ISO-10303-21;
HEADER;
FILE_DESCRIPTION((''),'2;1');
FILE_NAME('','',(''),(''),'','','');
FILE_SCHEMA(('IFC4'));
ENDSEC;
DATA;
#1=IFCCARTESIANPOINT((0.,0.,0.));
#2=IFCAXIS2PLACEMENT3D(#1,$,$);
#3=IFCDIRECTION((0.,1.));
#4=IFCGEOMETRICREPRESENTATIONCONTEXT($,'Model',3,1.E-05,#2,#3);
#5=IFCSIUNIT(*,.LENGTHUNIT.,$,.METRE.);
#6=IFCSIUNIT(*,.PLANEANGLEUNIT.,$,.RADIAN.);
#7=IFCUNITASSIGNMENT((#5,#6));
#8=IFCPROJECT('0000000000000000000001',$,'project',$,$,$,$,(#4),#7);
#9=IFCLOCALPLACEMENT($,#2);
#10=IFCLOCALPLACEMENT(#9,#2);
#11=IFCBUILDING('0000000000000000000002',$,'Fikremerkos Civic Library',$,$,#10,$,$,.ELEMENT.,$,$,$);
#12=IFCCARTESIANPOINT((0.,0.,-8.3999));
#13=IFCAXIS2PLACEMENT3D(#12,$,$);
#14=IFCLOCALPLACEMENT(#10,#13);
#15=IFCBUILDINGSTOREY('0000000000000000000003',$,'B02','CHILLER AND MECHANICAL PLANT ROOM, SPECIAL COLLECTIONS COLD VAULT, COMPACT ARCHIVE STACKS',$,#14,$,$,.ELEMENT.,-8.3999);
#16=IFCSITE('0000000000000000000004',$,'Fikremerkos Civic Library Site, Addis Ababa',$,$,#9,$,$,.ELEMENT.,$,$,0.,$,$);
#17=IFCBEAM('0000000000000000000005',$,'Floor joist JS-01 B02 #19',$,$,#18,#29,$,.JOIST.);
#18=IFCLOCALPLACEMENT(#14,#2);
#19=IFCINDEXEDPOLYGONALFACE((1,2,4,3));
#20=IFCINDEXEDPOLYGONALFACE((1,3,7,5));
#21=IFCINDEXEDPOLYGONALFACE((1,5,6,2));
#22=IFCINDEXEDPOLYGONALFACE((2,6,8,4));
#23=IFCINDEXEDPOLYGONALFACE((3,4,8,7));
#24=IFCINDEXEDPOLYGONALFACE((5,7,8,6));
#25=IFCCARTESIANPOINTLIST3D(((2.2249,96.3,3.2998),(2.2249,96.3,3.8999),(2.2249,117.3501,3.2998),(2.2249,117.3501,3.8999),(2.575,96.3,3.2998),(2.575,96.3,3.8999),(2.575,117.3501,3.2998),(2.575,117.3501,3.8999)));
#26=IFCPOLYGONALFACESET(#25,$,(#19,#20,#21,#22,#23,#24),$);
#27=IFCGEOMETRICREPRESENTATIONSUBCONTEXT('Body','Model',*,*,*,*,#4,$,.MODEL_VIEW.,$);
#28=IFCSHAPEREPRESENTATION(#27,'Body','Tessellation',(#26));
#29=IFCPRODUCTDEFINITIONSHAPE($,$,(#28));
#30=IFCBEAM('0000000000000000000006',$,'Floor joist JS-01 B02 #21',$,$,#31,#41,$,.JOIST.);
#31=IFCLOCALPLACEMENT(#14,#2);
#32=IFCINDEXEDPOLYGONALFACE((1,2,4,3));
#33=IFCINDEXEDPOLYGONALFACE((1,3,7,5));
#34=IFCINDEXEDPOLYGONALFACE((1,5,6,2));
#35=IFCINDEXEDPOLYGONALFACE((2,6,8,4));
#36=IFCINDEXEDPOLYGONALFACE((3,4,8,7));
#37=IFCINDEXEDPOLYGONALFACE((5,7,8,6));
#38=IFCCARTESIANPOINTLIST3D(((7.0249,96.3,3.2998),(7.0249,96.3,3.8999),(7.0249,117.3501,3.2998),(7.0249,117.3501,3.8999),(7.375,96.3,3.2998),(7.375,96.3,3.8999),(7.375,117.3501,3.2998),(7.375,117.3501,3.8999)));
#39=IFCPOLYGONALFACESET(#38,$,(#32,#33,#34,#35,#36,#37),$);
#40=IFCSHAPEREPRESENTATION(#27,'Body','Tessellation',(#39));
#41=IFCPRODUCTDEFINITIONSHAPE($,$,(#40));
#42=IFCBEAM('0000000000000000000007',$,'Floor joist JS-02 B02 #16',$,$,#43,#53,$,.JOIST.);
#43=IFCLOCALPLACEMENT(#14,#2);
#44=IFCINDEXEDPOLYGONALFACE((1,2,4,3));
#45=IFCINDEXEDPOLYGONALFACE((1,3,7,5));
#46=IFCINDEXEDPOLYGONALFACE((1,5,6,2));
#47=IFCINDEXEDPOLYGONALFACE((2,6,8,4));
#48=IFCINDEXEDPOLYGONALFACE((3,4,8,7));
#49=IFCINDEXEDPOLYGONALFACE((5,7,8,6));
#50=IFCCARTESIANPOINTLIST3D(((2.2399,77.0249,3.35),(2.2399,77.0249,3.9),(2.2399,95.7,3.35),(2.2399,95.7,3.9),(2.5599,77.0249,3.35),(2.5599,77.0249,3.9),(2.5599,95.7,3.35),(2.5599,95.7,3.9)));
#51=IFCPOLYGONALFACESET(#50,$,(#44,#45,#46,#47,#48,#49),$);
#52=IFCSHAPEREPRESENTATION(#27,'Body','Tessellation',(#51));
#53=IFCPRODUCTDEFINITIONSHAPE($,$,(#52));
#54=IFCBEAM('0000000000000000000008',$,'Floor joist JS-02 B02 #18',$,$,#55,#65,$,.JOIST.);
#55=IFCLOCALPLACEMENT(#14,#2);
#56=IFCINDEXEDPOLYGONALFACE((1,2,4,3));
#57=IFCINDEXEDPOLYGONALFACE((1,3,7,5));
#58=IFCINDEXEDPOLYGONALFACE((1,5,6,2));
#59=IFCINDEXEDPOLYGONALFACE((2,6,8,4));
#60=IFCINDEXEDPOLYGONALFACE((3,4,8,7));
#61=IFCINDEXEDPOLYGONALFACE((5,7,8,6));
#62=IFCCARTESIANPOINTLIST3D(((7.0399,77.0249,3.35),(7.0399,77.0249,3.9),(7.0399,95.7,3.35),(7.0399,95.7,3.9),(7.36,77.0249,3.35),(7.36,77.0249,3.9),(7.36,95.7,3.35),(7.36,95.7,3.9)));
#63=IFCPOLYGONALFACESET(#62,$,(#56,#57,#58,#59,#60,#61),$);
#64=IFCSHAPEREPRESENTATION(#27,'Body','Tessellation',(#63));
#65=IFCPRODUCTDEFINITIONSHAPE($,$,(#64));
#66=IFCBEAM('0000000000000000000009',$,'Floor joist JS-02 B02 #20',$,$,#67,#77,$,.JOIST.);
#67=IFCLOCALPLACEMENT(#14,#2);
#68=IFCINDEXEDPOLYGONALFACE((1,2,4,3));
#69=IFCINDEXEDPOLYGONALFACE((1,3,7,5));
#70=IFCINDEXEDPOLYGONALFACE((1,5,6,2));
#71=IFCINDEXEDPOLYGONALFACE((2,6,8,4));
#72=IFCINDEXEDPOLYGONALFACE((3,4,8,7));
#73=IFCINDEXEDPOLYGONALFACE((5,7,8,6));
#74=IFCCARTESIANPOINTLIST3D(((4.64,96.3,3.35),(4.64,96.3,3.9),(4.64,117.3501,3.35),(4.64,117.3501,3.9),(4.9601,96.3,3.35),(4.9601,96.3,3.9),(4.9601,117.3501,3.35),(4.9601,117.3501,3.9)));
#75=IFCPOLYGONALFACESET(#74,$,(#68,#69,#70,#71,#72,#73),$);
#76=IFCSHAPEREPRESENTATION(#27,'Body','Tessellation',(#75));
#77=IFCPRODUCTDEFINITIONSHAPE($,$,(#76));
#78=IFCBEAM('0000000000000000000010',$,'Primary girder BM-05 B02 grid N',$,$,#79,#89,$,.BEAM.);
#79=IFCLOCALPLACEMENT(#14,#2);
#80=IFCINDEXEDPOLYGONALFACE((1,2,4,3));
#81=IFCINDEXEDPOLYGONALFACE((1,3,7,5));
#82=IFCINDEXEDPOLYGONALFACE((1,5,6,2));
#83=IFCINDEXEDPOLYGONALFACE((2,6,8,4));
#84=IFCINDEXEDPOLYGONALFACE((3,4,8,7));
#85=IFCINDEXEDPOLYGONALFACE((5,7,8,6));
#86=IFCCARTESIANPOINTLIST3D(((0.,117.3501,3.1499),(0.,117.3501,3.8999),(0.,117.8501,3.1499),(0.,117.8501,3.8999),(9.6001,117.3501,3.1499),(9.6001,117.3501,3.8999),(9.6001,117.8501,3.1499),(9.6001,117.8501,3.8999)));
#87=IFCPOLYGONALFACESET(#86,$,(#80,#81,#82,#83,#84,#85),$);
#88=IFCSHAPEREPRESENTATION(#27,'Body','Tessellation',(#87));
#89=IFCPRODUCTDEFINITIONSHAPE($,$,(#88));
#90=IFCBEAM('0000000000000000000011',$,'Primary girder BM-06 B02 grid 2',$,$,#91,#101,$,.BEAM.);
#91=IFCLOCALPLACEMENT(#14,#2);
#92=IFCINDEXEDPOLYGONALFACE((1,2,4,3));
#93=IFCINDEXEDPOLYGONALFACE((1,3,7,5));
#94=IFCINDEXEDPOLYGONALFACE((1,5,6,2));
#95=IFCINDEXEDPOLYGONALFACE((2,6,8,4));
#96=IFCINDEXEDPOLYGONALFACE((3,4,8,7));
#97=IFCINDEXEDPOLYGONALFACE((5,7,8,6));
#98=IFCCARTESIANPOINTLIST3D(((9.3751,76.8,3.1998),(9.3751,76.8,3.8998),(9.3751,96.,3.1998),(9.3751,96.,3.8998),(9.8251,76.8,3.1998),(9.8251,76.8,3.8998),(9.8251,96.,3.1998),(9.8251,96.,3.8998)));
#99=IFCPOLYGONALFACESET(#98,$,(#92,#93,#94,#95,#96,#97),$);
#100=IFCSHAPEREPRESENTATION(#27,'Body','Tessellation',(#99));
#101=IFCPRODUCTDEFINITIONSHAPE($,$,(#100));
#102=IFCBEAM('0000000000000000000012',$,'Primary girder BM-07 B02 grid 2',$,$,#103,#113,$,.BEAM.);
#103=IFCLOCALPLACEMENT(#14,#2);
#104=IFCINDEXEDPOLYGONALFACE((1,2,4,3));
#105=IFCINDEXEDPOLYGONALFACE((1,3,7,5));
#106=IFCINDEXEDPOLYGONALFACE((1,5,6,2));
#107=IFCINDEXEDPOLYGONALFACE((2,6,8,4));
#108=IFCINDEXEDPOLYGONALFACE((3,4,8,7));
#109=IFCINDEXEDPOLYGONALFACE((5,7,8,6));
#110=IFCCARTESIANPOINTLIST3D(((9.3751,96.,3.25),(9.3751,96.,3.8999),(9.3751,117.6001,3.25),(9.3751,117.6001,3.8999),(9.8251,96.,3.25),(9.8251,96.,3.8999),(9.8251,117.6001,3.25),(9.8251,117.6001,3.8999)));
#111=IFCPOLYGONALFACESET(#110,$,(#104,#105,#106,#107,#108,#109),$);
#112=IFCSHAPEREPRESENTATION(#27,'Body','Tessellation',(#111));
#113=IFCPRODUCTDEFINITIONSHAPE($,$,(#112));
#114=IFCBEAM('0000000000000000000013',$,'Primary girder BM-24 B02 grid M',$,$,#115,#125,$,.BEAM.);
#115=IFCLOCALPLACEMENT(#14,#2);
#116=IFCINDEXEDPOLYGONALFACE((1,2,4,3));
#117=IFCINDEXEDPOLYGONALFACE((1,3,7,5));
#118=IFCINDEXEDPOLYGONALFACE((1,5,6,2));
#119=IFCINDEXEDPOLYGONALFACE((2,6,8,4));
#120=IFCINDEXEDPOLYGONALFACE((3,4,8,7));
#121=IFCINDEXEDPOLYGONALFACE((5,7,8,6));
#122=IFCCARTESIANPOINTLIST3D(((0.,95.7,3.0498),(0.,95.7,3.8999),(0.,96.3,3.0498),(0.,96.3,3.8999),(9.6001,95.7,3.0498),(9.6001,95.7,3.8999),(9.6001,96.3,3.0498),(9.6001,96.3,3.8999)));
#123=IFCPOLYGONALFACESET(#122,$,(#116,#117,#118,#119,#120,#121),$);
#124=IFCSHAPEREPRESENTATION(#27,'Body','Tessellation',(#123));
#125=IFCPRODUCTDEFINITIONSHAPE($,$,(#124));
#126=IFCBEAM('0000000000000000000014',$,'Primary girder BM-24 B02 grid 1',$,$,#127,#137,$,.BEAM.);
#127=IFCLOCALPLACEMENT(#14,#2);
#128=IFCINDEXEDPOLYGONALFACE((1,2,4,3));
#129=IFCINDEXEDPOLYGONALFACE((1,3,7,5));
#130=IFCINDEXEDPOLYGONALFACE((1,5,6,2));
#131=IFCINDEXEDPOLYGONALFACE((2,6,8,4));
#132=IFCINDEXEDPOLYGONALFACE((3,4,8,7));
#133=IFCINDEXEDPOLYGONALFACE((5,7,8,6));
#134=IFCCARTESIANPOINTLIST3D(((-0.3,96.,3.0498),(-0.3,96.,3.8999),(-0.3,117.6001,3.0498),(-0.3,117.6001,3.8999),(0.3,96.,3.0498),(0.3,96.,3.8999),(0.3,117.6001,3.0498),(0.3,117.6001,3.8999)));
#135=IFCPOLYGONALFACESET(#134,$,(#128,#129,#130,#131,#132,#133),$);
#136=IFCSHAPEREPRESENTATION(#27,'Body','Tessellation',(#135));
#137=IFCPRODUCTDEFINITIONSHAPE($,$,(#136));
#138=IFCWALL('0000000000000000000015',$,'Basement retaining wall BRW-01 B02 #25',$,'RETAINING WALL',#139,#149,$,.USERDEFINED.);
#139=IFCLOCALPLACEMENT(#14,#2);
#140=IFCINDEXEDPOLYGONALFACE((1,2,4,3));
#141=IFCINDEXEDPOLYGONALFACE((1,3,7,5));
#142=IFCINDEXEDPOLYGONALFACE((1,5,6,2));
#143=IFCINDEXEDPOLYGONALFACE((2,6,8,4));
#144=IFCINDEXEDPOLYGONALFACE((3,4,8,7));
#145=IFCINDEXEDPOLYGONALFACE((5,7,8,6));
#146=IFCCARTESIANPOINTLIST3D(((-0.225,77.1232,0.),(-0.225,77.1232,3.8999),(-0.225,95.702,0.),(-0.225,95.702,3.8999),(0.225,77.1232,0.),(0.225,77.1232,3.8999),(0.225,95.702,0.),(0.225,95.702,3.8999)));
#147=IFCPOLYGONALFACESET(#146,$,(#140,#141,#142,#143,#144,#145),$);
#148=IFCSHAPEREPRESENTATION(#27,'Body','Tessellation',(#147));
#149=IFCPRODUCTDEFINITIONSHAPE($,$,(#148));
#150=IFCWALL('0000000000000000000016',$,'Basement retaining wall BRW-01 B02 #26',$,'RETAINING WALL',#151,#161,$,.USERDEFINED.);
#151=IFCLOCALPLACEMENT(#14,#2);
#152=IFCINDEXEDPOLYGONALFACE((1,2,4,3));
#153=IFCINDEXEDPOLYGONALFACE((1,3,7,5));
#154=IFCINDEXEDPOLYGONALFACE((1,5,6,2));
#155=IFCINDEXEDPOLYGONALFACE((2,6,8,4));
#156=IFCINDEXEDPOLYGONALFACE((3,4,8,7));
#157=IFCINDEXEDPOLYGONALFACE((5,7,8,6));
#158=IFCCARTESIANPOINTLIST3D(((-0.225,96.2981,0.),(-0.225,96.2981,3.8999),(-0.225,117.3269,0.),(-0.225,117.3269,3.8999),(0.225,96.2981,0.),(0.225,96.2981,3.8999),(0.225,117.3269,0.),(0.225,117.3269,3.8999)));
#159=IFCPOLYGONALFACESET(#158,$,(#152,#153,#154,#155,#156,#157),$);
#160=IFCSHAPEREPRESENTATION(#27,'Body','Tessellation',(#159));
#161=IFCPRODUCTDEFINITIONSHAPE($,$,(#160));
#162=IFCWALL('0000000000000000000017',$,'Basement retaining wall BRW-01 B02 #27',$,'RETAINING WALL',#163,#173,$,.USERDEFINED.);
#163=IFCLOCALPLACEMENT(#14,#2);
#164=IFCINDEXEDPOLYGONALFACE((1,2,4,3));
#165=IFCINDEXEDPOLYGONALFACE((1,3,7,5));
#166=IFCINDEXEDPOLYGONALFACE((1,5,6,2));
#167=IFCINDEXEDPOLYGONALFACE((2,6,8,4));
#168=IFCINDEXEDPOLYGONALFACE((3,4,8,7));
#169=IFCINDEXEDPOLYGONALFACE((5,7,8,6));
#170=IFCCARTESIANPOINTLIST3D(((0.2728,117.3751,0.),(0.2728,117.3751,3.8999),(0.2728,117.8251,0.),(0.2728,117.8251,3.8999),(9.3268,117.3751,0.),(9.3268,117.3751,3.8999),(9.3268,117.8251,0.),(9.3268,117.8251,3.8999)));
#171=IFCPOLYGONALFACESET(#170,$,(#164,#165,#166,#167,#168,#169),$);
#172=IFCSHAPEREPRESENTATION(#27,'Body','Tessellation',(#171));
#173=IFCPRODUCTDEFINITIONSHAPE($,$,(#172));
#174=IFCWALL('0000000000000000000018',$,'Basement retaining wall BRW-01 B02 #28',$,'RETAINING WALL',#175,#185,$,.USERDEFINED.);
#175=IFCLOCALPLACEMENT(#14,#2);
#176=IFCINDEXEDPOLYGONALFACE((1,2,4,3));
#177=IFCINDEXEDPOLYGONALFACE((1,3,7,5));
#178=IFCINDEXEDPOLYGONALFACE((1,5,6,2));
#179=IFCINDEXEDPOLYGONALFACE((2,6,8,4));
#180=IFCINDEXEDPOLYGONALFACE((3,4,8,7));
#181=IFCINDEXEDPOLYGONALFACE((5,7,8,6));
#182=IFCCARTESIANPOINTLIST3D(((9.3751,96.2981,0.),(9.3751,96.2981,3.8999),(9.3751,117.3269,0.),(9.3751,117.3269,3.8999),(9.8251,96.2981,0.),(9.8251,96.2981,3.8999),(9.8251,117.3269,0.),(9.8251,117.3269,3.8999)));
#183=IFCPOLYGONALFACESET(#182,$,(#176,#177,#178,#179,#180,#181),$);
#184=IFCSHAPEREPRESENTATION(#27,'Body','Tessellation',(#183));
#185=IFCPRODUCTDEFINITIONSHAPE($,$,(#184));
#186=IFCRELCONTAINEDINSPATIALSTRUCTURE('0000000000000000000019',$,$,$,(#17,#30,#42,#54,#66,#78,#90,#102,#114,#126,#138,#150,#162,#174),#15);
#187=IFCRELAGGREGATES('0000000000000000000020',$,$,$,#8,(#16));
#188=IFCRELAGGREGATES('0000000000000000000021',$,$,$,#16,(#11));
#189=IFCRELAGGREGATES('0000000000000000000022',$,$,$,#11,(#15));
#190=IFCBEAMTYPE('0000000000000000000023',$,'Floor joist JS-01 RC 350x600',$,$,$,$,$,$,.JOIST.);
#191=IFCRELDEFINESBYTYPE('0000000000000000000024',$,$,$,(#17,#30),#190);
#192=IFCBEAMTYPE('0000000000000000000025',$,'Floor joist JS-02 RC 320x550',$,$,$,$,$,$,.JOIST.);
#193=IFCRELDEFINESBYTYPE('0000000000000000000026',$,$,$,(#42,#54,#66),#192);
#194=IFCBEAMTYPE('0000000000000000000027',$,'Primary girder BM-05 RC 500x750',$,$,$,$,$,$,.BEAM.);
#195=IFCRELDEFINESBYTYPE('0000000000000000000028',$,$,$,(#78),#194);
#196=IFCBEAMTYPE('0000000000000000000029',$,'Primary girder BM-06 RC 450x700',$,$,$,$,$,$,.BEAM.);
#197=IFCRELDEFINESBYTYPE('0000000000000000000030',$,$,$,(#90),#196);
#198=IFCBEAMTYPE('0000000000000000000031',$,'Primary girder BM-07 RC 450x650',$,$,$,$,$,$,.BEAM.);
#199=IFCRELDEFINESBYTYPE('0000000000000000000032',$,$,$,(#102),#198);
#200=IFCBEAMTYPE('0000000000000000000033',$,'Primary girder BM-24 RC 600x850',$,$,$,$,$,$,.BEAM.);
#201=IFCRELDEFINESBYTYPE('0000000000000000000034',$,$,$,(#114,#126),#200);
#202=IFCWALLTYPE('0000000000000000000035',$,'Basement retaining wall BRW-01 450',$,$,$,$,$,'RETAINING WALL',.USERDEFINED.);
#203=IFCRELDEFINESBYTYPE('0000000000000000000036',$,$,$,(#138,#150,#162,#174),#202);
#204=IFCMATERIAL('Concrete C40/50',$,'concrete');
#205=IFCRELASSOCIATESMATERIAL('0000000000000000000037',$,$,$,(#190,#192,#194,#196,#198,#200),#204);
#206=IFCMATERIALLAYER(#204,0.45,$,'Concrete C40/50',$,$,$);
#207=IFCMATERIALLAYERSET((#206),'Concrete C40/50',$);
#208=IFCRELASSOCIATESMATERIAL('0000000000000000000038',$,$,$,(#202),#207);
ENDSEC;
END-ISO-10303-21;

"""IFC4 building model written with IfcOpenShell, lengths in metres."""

from ifc_helpers import new_model, si_unit, direction, frame, frame_2d, origin, origin_2d, place, context, subcontext, project, spatial, rectangle, extrude, material, layer, layer_set, material_profile, profile_set, type_object, element, save


model = new_model("IFC4")

# Units and contexts
model_context = context("Model", 3, precision=1e-05, world=origin(), true_north=direction((0.0, 1.0)))
body_context = subcontext(model_context, "Body", "Model", "MODEL_VIEW")
ifc_project = project(units=[si_unit("LENGTHUNIT", "METRE"), si_unit("PLANEANGLEUNIT", "RADIAN")], contexts=[model_context])

# Site, building, storey
site_placement = place(None, origin())
site = spatial("IfcSite", under=ifc_project, at=site_placement, Name="Fikremerkos Civic Library Site, Addis Ababa", CompositionType="ELEMENT", RefElevation=0.0)
building_placement = place(site_placement, origin())
building = spatial("IfcBuilding", under=site, at=building_placement, Name="Fikremerkos Civic Library", CompositionType="ELEMENT")
storey_placement = place(building_placement, frame((0.0, 0.0, -8.3999)))
storey = spatial("IfcBuildingStorey", under=building, at=storey_placement, Name="B02", Description="CHILLER AND MECHANICAL PLANT ROOM, SPECIAL COLLECTIONS COLD VAULT, COMPACT ARCHIVE STACKS", CompositionType="ELEMENT", Elevation=-8.3999)

# Shared definitions
ifc_material_1 = material(Name="Concrete C40/50", Category="concrete")

# Beams
ifc_material_profile_1 = material_profile(ifc_material_1, rectangle(XDim=0.3501, YDim=0.6001, at=origin_2d()), Name="RC 350x600")
ifc_profile_set_1 = profile_set([ifc_material_profile_1], Name="Concrete C40/50")
beam_type_1 = type_object("IfcBeamType", Name="Floor joist JS-01 RC 350x600", PredefinedType="JOIST", material=ifc_profile_set_1)
for number, where, z_axis, x_axis, name in (
    (1, (2.3999, 96.3, 3.5999), (0.0, 1.0, 0.0), (-1.0, 0.0, 0.0), "Floor joist JS-01 B02 #19"),
    (2, (7.2, 96.3, 3.5999), (0.0, 1.0, 0.0), (-1.0, 0.0, 0.0), "Floor joist JS-01 B02 #21"),
):
    element("IfcBeam", number, at=place(storey_placement, frame(where, z_axis=z_axis, x_axis=x_axis)), inside=storey, type_object=beam_type_1, Name=name, PredefinedType="JOIST", context=body_context, shape_type="SweptSolid", body=[
        extrude(rectangle(XDim=0.3501, YDim=0.6001, at=origin_2d()), origin(), (0.0, 0.0, 1.0), 21.05),
    ])
ifc_material_profile_2 = material_profile(ifc_material_1, rectangle(XDim=0.3201, YDim=0.55, at=origin_2d()), Name="RC 320x550")
ifc_profile_set_2 = profile_set([ifc_material_profile_2], Name="Concrete C40/50")
beam_type_2 = type_object("IfcBeamType", Name="Floor joist JS-02 RC 320x550", PredefinedType="JOIST", material=ifc_profile_set_2)
for number, where, z_axis, x_axis, name in (
    (3, (2.3999, 77.0249, 3.625), (0.0, 1.0, 0.0), (-1.0, 0.0, 0.0), "Floor joist JS-02 B02 #16"),
    (4, (7.2, 77.0249, 3.625), (0.0, 1.0, 0.0), (-1.0, 0.0, 0.0), "Floor joist JS-02 B02 #18"),
):
    element("IfcBeam", number, at=place(storey_placement, frame(where, z_axis=z_axis, x_axis=x_axis)), inside=storey, type_object=beam_type_2, Name=name, PredefinedType="JOIST", context=body_context, shape_type="SweptSolid", body=[
        extrude(rectangle(XDim=0.3201, YDim=0.55, at=origin_2d()), origin(), (0.0, 0.0, 1.0), 18.675),
    ])
beam_1_placement = place(storey_placement, frame((4.8, 96.3, 3.625), z_axis=(0.0, 1.0, 0.0), x_axis=(-1.0, 0.0, 0.0)))
element("IfcBeam", 5, at=beam_1_placement, inside=storey, type_object=beam_type_2, Name="Floor joist JS-02 B02 #20", PredefinedType="JOIST", context=body_context, shape_type="SweptSolid", body=[
    extrude(rectangle(XDim=0.3201, YDim=0.55, at=origin_2d()), origin(), (0.0, 0.0, 1.0), 21.05),
])
ifc_material_profile_3 = material_profile(ifc_material_1, rectangle(XDim=0.5, YDim=0.75, at=origin_2d()), Name="RC 500x750")
ifc_profile_set_3 = profile_set([ifc_material_profile_3], Name="Concrete C40/50")
beam_type_3 = type_object("IfcBeamType", Name="Primary girder BM-05 RC 500x750", PredefinedType="BEAM", material=ifc_profile_set_3)
beam_2_placement = place(storey_placement, frame((0.0, 117.6001, 3.5249), z_axis=(1.0, 0.0, 0.0), x_axis=(0.0, 1.0, 0.0)))
element("IfcBeam", 6, at=beam_2_placement, inside=storey, type_object=beam_type_3, Name="Primary girder BM-05 B02 grid N", PredefinedType="BEAM", context=body_context, shape_type="SweptSolid", body=[
    extrude(rectangle(XDim=0.5, YDim=0.75, at=origin_2d()), origin(), (0.0, 0.0, 1.0), 9.6001),
])
ifc_material_profile_4 = material_profile(ifc_material_1, rectangle(XDim=0.45, YDim=0.7, at=origin_2d()), Name="RC 450x700")
ifc_profile_set_4 = profile_set([ifc_material_profile_4], Name="Concrete C40/50")
beam_type_4 = type_object("IfcBeamType", Name="Primary girder BM-06 RC 450x700", PredefinedType="BEAM", material=ifc_profile_set_4)
beam_3_placement = place(storey_placement, frame((9.6001, 76.8, 3.5498), z_axis=(0.0, 1.0, 0.0), x_axis=(-1.0, 0.0, 0.0)))
element("IfcBeam", 7, at=beam_3_placement, inside=storey, type_object=beam_type_4, Name="Primary girder BM-06 B02 grid 2", PredefinedType="BEAM", context=body_context, shape_type="SweptSolid", body=[
    extrude(rectangle(XDim=0.45, YDim=0.7, at=origin_2d()), origin(), (0.0, 0.0, 1.0), 19.2),
])
ifc_material_profile_5 = material_profile(ifc_material_1, rectangle(XDim=0.45, YDim=0.6499, at=origin_2d()), Name="RC 450x650")
ifc_profile_set_5 = profile_set([ifc_material_profile_5], Name="Concrete C40/50")
beam_type_5 = type_object("IfcBeamType", Name="Primary girder BM-07 RC 450x650", PredefinedType="BEAM", material=ifc_profile_set_5)
beam_4_placement = place(storey_placement, frame((9.6001, 96.0, 3.575), z_axis=(0.0, 1.0, 0.0), x_axis=(-1.0, 0.0, 0.0)))
element("IfcBeam", 8, at=beam_4_placement, inside=storey, type_object=beam_type_5, Name="Primary girder BM-07 B02 grid 2", PredefinedType="BEAM", context=body_context, shape_type="SweptSolid", body=[
    extrude(rectangle(XDim=0.45, YDim=0.6499, at=origin_2d()), origin(), (0.0, 0.0, 1.0), 21.6001),
])
ifc_material_profile_6 = material_profile(ifc_material_1, rectangle(XDim=0.6001, YDim=0.8501, at=origin_2d()), Name="RC 600x850")
ifc_profile_set_6 = profile_set([ifc_material_profile_6], Name="Concrete C40/50")
beam_type_6 = type_object("IfcBeamType", Name="Primary girder BM-24 RC 600x850", PredefinedType="BEAM", material=ifc_profile_set_6)
beam_5_placement = place(storey_placement, frame((0.0, 96.0, 3.4749), z_axis=(1.0, 0.0, 0.0), x_axis=(0.0, 1.0, 0.0)))
element("IfcBeam", 9, at=beam_5_placement, inside=storey, type_object=beam_type_6, Name="Primary girder BM-24 B02 grid M", PredefinedType="BEAM", context=body_context, shape_type="SweptSolid", body=[
    extrude(rectangle(XDim=0.6001, YDim=0.8501, at=origin_2d()), origin(), (0.0, 0.0, 1.0), 9.6001),
])
beam_6_placement = place(storey_placement, frame((0.0, 96.0, 3.4749), z_axis=(0.0, 1.0, 0.0), x_axis=(-1.0, 0.0, 0.0)))
element("IfcBeam", 10, at=beam_6_placement, inside=storey, type_object=beam_type_6, Name="Primary girder BM-24 B02 grid 1", PredefinedType="BEAM", context=body_context, shape_type="SweptSolid", body=[
    extrude(rectangle(XDim=0.6001, YDim=0.8501, at=origin_2d()), origin(), (0.0, 0.0, 1.0), 21.6001),
])

# Walls
ifc_layer = layer(ifc_material_1, 0.45, Name="Concrete C40/50")
ifc_layer_set = layer_set([ifc_layer], Name="Concrete C40/50")
wall_type = type_object("IfcWallType", Name="Basement retaining wall BRW-01 450", ElementType="RETAINING WALL", PredefinedType="USERDEFINED", material=ifc_layer_set)
wall_1_placement = place(storey_placement, frame((0.0, 77.123, 0.0), z_axis=(0.0, 0.0, 1.0), x_axis=(0.0, 1.0, 0.0)))
element("IfcWall", 11, at=wall_1_placement, inside=storey, type_object=wall_type, Name="Basement retaining wall BRW-01 B02 #25", ObjectType="RETAINING WALL", PredefinedType="USERDEFINED", context=body_context, shape_type="SweptSolid", body=[
    extrude(rectangle(XDim=18.5789, YDim=0.45, at=frame_2d((9.2896, 0.0))), origin(), (0.0, 0.0, 1.0), 3.8999),
])
wall_2_placement = place(storey_placement, frame((0.0, 96.2981, 0.0), z_axis=(0.0, 0.0, 1.0), x_axis=(0.0, 1.0, 0.0)))
element("IfcWall", 12, at=wall_2_placement, inside=storey, type_object=wall_type, Name="Basement retaining wall BRW-01 B02 #26", ObjectType="RETAINING WALL", PredefinedType="USERDEFINED", context=body_context, shape_type="SweptSolid", body=[
    extrude(rectangle(XDim=21.0288, YDim=0.45, at=frame_2d((10.5144, 0.0))), origin(), (0.0, 0.0, 1.0), 3.8999),
])
wall_3_placement = place(storey_placement, frame((0.2729, 117.6001, 0.0), z_axis=(0.0, 0.0, 1.0), x_axis=(1.0, 0.0, 0.0)))
element("IfcWall", 13, at=wall_3_placement, inside=storey, type_object=wall_type, Name="Basement retaining wall BRW-01 B02 #27", ObjectType="RETAINING WALL", PredefinedType="USERDEFINED", context=body_context, shape_type="SweptSolid", body=[
    extrude(rectangle(XDim=9.054, YDim=0.45, at=frame_2d((4.5269, 0.0))), origin(), (0.0, 0.0, 1.0), 3.8999),
])
wall_4_placement = place(storey_placement, frame((9.6001, 117.3269, 0.0), z_axis=(0.0, 0.0, 1.0), x_axis=(0.0, -1.0, 0.0)))
element("IfcWall", 14, at=wall_4_placement, inside=storey, type_object=wall_type, Name="Basement retaining wall BRW-01 B02 #28", ObjectType="RETAINING WALL", PredefinedType="USERDEFINED", context=body_context, shape_type="SweptSolid", body=[
    extrude(rectangle(XDim=21.0288, YDim=0.45, at=frame_2d((10.5144, 0.0))), origin(), (0.0, 0.0, 1.0), 3.8999),
])

save(model, "model.ifc")
